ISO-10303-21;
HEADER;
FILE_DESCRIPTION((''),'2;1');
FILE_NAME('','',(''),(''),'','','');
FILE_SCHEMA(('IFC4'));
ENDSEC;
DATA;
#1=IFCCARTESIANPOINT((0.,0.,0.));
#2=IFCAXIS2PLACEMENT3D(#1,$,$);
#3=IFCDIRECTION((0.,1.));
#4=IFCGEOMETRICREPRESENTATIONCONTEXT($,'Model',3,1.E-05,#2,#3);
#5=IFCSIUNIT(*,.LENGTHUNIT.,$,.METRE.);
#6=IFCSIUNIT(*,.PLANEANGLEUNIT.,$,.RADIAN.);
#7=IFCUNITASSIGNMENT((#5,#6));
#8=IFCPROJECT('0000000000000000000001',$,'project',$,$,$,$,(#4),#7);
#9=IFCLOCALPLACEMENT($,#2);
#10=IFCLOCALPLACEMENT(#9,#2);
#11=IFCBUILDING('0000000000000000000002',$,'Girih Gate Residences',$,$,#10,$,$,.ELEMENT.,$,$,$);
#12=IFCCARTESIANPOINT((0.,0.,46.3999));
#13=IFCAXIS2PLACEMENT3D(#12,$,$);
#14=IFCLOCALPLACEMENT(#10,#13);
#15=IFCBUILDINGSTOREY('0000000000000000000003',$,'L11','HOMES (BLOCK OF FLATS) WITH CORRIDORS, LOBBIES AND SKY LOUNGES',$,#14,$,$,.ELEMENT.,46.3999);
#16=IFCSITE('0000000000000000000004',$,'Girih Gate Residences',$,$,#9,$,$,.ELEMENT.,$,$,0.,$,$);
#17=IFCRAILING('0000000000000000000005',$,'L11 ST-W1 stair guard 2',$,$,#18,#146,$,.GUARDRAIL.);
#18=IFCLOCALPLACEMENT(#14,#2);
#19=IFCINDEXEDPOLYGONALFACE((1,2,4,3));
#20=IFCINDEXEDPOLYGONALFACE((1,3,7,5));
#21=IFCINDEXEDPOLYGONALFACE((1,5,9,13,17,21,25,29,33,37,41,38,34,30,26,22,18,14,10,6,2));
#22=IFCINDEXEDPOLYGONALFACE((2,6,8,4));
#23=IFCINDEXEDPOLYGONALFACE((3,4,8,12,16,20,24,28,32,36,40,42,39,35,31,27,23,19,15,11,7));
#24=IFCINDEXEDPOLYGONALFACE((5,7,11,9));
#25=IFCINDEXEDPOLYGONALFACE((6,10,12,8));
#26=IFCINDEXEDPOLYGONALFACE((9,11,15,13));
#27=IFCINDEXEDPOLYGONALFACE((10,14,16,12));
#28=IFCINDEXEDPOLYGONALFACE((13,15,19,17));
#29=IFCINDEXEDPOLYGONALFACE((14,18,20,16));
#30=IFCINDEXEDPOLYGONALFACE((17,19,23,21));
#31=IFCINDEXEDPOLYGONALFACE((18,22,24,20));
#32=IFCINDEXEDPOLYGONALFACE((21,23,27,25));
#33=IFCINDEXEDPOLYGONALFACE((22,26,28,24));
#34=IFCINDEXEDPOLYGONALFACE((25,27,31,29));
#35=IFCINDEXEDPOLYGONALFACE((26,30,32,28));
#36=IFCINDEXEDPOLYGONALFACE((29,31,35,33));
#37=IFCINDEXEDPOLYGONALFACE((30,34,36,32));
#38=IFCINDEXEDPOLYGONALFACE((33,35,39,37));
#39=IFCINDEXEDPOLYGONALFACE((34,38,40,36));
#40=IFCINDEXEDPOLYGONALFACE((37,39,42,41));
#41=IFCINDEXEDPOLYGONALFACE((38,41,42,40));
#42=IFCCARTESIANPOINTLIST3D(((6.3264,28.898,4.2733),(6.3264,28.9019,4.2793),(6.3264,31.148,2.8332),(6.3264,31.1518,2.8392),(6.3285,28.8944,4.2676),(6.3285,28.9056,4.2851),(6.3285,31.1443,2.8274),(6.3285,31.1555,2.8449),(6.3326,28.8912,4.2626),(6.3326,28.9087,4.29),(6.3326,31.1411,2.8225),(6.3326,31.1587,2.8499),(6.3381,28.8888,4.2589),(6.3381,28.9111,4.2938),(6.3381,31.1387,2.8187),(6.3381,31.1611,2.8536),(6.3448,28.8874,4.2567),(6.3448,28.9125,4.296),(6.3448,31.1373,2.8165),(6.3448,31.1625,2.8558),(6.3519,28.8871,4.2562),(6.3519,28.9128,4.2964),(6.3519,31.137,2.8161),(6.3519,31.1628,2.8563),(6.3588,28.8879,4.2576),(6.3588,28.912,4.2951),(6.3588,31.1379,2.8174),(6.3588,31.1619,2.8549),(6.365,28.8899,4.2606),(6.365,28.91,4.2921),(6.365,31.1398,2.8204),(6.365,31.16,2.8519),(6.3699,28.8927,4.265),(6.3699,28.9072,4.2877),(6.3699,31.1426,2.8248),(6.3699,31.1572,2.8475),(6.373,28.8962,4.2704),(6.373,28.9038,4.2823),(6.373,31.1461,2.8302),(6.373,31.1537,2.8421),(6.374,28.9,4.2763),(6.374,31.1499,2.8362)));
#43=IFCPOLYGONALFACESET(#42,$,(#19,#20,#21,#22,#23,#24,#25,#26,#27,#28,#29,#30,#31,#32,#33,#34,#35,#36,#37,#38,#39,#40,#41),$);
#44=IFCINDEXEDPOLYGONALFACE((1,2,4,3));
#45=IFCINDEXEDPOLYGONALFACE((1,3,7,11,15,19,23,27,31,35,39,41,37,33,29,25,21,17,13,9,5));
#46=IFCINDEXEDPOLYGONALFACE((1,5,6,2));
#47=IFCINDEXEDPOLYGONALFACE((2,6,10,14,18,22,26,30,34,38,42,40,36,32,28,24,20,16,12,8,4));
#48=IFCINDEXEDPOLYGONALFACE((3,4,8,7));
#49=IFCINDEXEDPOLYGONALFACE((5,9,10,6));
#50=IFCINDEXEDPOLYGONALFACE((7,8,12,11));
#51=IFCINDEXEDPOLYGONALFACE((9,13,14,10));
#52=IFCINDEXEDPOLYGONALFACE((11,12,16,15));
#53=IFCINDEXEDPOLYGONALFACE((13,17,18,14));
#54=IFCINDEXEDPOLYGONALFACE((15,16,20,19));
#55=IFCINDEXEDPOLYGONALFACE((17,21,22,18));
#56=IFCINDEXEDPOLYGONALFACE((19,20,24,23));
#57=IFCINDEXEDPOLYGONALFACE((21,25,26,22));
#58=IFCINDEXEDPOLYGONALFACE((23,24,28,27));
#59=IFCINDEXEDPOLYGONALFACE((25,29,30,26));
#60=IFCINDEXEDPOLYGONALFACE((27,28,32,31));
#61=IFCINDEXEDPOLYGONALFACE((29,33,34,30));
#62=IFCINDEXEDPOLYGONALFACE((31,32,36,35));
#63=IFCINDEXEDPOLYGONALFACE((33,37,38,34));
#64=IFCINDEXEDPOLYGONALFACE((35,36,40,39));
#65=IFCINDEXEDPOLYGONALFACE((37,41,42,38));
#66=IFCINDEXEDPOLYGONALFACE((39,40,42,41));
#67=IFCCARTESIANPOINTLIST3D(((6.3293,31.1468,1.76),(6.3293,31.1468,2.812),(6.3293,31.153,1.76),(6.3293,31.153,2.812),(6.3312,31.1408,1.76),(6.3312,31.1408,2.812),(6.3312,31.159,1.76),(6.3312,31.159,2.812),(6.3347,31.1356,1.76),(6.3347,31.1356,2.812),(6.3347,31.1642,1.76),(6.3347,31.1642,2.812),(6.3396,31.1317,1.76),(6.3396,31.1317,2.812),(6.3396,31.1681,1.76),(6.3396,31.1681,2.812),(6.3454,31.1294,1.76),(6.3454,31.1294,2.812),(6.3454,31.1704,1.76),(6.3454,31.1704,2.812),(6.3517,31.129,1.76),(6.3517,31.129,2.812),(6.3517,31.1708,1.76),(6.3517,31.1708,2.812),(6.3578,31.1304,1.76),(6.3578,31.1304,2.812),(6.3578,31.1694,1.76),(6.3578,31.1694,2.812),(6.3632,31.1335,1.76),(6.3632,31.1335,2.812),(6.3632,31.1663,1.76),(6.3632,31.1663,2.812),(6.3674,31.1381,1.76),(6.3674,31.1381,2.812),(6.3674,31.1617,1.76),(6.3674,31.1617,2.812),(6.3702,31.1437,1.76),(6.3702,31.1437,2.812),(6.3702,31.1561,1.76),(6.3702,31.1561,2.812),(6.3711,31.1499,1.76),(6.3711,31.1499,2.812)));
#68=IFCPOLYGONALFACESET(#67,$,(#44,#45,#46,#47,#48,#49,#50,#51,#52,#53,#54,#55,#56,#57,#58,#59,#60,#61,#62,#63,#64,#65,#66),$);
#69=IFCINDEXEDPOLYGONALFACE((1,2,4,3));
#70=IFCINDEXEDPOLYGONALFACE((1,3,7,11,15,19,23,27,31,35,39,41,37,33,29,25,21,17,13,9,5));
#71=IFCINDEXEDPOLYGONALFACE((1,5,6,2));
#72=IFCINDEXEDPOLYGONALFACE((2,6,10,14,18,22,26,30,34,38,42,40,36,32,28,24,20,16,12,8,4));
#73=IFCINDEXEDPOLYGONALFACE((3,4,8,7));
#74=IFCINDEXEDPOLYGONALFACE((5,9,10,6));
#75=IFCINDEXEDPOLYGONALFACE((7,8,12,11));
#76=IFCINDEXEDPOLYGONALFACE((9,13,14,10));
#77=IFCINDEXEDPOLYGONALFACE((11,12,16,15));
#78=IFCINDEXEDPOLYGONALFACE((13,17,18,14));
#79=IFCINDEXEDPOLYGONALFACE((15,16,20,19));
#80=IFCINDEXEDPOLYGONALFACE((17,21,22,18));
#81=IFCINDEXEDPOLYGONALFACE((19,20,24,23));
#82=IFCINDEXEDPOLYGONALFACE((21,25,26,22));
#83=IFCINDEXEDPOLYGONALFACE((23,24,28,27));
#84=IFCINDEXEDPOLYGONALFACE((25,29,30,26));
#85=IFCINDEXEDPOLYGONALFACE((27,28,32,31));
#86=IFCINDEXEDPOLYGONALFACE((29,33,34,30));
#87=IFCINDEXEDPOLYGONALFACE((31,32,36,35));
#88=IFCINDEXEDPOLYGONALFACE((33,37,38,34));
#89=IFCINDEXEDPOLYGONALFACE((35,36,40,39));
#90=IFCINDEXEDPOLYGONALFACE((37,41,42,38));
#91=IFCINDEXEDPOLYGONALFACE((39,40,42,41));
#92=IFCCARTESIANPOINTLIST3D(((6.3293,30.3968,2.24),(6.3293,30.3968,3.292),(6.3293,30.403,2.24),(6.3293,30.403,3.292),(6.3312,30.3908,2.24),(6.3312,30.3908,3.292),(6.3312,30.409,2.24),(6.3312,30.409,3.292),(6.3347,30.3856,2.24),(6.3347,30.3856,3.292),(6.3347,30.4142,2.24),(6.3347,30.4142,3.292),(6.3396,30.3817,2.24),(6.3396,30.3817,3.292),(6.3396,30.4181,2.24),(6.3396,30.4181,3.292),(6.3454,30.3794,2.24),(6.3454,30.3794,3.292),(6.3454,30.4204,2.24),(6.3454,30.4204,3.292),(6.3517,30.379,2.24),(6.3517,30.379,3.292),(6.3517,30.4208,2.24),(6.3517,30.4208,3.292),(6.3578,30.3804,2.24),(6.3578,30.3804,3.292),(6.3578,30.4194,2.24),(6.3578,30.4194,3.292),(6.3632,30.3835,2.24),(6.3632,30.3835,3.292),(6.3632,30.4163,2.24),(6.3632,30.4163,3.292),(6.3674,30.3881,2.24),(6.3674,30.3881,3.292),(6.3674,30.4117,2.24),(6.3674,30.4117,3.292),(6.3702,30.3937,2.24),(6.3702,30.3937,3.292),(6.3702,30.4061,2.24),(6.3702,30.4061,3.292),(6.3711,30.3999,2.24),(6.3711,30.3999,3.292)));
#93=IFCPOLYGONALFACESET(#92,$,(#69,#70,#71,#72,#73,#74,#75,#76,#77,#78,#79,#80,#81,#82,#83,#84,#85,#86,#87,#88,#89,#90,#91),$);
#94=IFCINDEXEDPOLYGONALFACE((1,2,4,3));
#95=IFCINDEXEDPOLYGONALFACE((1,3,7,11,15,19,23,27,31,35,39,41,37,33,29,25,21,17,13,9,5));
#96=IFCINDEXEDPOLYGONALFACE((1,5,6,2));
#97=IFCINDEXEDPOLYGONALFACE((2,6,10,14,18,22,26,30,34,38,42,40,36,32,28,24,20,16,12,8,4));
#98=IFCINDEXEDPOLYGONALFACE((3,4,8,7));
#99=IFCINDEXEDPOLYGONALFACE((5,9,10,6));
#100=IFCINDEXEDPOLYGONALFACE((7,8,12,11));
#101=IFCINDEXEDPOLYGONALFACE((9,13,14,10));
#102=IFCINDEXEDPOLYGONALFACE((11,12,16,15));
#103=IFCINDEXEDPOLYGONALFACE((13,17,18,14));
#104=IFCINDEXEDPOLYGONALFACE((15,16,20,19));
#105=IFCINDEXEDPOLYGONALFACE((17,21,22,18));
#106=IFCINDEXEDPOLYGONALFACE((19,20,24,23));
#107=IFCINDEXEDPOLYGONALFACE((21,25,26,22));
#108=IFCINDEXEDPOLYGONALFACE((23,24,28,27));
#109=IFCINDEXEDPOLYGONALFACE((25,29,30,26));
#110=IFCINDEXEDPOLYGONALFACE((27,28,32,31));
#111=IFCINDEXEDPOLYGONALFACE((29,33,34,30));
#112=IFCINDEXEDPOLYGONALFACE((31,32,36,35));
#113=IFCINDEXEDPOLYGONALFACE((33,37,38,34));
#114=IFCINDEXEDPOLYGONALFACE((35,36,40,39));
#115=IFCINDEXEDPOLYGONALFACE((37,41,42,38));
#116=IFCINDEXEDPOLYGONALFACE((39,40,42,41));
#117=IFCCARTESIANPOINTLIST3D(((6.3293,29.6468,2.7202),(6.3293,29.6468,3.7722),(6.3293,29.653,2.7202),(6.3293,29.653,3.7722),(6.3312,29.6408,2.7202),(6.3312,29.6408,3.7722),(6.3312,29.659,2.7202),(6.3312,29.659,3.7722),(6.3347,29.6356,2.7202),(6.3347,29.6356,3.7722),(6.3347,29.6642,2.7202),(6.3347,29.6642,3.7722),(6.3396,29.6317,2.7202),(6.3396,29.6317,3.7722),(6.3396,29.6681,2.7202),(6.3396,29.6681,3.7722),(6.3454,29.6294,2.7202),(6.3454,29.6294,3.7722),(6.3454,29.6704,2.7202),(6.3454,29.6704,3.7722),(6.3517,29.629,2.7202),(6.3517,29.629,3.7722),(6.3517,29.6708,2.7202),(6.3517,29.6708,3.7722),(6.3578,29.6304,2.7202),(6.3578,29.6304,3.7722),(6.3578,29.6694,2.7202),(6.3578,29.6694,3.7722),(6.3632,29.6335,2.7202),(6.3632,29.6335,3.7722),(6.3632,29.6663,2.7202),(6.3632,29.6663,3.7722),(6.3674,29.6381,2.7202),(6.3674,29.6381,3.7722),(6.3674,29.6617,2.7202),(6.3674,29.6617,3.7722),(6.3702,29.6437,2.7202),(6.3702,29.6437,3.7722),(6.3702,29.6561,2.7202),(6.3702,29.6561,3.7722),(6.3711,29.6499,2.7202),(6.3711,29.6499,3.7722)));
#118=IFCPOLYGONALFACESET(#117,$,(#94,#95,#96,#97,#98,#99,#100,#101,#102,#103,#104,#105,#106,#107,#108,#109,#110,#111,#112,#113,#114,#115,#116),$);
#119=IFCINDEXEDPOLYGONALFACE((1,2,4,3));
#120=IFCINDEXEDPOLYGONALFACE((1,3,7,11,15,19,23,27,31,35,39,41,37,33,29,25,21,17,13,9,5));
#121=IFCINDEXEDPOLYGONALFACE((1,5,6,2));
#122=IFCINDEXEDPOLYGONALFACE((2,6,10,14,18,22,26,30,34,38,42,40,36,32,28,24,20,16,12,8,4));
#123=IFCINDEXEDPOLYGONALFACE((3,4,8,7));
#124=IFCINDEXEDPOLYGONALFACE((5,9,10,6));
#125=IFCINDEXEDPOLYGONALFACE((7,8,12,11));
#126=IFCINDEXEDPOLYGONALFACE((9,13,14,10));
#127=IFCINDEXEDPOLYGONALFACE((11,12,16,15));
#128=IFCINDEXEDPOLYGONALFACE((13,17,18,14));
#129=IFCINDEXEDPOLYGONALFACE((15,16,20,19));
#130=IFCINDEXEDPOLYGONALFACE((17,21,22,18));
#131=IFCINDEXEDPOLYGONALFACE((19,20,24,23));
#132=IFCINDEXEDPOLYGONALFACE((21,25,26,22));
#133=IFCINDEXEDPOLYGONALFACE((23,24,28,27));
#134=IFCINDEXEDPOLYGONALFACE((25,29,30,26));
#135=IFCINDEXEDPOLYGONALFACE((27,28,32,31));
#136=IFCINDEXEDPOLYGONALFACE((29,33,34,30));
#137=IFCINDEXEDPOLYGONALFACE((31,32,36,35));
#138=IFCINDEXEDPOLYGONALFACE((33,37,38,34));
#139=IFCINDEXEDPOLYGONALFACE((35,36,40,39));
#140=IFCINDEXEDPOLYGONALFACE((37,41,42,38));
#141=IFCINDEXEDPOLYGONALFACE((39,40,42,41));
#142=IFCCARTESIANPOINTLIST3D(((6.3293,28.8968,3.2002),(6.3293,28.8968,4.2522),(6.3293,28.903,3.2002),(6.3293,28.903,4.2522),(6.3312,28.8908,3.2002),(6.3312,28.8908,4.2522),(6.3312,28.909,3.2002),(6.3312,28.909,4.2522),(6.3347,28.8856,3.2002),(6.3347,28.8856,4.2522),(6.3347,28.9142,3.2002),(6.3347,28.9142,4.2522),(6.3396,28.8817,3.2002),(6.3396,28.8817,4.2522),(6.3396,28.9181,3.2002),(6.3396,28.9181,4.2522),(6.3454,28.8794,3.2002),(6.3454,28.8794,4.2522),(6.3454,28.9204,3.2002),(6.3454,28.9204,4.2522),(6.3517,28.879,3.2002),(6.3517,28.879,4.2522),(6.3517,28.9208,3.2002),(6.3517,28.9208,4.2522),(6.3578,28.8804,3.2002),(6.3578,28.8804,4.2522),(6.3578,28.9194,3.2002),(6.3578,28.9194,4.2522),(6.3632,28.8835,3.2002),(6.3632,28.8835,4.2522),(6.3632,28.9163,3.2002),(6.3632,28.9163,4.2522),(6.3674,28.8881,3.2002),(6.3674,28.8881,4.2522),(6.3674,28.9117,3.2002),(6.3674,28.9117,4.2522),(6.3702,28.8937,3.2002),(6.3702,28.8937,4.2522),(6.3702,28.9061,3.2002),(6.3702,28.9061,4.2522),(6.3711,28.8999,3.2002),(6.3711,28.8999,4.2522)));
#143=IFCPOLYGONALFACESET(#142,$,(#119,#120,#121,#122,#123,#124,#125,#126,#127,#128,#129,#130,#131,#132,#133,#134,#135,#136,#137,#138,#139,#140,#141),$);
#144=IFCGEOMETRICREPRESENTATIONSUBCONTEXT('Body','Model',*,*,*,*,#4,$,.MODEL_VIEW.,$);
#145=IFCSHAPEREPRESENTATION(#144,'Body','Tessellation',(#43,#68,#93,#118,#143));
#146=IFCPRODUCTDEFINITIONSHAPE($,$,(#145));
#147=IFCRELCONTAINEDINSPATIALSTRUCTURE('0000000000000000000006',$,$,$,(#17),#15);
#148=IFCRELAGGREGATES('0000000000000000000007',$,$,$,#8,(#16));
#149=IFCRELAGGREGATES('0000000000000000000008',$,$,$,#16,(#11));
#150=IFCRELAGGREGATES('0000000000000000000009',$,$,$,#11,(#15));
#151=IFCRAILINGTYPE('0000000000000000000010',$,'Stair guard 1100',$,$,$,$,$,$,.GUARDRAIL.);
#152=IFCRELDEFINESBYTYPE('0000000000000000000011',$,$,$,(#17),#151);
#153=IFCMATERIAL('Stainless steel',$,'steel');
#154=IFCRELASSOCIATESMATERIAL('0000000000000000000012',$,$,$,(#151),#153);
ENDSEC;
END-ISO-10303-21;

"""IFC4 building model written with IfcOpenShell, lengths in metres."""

from ifc_helpers import new_model, si_unit, direction, frame, origin, origin_2d, place, context, subcontext, project, spatial, circle, extrude, material, type_object, element, save


model = new_model("IFC4")

# Units and contexts
model_context = context("Model", 3, precision=1e-05, world=origin(), true_north=direction((0.0, 1.0)))
body_context = subcontext(model_context, "Body", "Model", "MODEL_VIEW")
ifc_project = project(units=[si_unit("LENGTHUNIT", "METRE"), si_unit("PLANEANGLEUNIT", "RADIAN")], contexts=[model_context])

# Site, building, storey
site_placement = place(None, origin())
site = spatial("IfcSite", under=ifc_project, at=site_placement, Name="Girih Gate Residences", CompositionType="ELEMENT", RefElevation=0.0)
building_placement = place(site_placement, origin())
building = spatial("IfcBuilding", under=site, at=building_placement, Name="Girih Gate Residences", CompositionType="ELEMENT")
storey_placement = place(building_placement, frame((0.0, 0.0, 46.3999)))
storey = spatial("IfcBuildingStorey", under=building, at=storey_placement, Name="L11", Description="HOMES (BLOCK OF FLATS) WITH CORRIDORS, LOBBIES AND SKY LOUNGES", CompositionType="ELEMENT", Elevation=46.3999)

# Shared definitions
ifc_material_1 = material(Name="Stainless steel", Category="steel")

# Railing
railing_type = type_object("IfcRailingType", Name="Stair guard 1100", PredefinedType="GUARDRAIL", material=ifc_material_1)
railing_placement = place(storey_placement, frame((6.3501, 31.1499, 1.76)))
element("IfcRailing", 1, at=railing_placement, inside=storey, type_object=railing_type, Name="L11 ST-W1 stair guard 2", PredefinedType="GUARDRAIL", context=body_context, shape_type="SweptSolid", body=[
    extrude(circle(Radius=0.0239, at=origin_2d()), frame((0.0, 0.0, 1.0762), z_axis=(0.0, -0.84224, 0.539103), x_axis=(1.0, 0.0, 0.0)), (0.0, 0.0, 1.0), 2.6714),
    extrude(circle(Radius=0.021, at=origin_2d()), origin(), (0.0, 0.0, 1.0), 1.052),
    extrude(circle(Radius=0.021, at=origin_2d()), frame((0.0, -0.75, 0.48)), (0.0, 0.0, 1.0), 1.052),
    extrude(circle(Radius=0.021, at=origin_2d()), frame((0.0, -1.5, 0.9602)), (0.0, 0.0, 1.0), 1.052),
    extrude(circle(Radius=0.021, at=origin_2d()), frame((0.0, -2.25, 1.4402)), (0.0, 0.0, 1.0), 1.052),
])

save(model, "model.ifc")
